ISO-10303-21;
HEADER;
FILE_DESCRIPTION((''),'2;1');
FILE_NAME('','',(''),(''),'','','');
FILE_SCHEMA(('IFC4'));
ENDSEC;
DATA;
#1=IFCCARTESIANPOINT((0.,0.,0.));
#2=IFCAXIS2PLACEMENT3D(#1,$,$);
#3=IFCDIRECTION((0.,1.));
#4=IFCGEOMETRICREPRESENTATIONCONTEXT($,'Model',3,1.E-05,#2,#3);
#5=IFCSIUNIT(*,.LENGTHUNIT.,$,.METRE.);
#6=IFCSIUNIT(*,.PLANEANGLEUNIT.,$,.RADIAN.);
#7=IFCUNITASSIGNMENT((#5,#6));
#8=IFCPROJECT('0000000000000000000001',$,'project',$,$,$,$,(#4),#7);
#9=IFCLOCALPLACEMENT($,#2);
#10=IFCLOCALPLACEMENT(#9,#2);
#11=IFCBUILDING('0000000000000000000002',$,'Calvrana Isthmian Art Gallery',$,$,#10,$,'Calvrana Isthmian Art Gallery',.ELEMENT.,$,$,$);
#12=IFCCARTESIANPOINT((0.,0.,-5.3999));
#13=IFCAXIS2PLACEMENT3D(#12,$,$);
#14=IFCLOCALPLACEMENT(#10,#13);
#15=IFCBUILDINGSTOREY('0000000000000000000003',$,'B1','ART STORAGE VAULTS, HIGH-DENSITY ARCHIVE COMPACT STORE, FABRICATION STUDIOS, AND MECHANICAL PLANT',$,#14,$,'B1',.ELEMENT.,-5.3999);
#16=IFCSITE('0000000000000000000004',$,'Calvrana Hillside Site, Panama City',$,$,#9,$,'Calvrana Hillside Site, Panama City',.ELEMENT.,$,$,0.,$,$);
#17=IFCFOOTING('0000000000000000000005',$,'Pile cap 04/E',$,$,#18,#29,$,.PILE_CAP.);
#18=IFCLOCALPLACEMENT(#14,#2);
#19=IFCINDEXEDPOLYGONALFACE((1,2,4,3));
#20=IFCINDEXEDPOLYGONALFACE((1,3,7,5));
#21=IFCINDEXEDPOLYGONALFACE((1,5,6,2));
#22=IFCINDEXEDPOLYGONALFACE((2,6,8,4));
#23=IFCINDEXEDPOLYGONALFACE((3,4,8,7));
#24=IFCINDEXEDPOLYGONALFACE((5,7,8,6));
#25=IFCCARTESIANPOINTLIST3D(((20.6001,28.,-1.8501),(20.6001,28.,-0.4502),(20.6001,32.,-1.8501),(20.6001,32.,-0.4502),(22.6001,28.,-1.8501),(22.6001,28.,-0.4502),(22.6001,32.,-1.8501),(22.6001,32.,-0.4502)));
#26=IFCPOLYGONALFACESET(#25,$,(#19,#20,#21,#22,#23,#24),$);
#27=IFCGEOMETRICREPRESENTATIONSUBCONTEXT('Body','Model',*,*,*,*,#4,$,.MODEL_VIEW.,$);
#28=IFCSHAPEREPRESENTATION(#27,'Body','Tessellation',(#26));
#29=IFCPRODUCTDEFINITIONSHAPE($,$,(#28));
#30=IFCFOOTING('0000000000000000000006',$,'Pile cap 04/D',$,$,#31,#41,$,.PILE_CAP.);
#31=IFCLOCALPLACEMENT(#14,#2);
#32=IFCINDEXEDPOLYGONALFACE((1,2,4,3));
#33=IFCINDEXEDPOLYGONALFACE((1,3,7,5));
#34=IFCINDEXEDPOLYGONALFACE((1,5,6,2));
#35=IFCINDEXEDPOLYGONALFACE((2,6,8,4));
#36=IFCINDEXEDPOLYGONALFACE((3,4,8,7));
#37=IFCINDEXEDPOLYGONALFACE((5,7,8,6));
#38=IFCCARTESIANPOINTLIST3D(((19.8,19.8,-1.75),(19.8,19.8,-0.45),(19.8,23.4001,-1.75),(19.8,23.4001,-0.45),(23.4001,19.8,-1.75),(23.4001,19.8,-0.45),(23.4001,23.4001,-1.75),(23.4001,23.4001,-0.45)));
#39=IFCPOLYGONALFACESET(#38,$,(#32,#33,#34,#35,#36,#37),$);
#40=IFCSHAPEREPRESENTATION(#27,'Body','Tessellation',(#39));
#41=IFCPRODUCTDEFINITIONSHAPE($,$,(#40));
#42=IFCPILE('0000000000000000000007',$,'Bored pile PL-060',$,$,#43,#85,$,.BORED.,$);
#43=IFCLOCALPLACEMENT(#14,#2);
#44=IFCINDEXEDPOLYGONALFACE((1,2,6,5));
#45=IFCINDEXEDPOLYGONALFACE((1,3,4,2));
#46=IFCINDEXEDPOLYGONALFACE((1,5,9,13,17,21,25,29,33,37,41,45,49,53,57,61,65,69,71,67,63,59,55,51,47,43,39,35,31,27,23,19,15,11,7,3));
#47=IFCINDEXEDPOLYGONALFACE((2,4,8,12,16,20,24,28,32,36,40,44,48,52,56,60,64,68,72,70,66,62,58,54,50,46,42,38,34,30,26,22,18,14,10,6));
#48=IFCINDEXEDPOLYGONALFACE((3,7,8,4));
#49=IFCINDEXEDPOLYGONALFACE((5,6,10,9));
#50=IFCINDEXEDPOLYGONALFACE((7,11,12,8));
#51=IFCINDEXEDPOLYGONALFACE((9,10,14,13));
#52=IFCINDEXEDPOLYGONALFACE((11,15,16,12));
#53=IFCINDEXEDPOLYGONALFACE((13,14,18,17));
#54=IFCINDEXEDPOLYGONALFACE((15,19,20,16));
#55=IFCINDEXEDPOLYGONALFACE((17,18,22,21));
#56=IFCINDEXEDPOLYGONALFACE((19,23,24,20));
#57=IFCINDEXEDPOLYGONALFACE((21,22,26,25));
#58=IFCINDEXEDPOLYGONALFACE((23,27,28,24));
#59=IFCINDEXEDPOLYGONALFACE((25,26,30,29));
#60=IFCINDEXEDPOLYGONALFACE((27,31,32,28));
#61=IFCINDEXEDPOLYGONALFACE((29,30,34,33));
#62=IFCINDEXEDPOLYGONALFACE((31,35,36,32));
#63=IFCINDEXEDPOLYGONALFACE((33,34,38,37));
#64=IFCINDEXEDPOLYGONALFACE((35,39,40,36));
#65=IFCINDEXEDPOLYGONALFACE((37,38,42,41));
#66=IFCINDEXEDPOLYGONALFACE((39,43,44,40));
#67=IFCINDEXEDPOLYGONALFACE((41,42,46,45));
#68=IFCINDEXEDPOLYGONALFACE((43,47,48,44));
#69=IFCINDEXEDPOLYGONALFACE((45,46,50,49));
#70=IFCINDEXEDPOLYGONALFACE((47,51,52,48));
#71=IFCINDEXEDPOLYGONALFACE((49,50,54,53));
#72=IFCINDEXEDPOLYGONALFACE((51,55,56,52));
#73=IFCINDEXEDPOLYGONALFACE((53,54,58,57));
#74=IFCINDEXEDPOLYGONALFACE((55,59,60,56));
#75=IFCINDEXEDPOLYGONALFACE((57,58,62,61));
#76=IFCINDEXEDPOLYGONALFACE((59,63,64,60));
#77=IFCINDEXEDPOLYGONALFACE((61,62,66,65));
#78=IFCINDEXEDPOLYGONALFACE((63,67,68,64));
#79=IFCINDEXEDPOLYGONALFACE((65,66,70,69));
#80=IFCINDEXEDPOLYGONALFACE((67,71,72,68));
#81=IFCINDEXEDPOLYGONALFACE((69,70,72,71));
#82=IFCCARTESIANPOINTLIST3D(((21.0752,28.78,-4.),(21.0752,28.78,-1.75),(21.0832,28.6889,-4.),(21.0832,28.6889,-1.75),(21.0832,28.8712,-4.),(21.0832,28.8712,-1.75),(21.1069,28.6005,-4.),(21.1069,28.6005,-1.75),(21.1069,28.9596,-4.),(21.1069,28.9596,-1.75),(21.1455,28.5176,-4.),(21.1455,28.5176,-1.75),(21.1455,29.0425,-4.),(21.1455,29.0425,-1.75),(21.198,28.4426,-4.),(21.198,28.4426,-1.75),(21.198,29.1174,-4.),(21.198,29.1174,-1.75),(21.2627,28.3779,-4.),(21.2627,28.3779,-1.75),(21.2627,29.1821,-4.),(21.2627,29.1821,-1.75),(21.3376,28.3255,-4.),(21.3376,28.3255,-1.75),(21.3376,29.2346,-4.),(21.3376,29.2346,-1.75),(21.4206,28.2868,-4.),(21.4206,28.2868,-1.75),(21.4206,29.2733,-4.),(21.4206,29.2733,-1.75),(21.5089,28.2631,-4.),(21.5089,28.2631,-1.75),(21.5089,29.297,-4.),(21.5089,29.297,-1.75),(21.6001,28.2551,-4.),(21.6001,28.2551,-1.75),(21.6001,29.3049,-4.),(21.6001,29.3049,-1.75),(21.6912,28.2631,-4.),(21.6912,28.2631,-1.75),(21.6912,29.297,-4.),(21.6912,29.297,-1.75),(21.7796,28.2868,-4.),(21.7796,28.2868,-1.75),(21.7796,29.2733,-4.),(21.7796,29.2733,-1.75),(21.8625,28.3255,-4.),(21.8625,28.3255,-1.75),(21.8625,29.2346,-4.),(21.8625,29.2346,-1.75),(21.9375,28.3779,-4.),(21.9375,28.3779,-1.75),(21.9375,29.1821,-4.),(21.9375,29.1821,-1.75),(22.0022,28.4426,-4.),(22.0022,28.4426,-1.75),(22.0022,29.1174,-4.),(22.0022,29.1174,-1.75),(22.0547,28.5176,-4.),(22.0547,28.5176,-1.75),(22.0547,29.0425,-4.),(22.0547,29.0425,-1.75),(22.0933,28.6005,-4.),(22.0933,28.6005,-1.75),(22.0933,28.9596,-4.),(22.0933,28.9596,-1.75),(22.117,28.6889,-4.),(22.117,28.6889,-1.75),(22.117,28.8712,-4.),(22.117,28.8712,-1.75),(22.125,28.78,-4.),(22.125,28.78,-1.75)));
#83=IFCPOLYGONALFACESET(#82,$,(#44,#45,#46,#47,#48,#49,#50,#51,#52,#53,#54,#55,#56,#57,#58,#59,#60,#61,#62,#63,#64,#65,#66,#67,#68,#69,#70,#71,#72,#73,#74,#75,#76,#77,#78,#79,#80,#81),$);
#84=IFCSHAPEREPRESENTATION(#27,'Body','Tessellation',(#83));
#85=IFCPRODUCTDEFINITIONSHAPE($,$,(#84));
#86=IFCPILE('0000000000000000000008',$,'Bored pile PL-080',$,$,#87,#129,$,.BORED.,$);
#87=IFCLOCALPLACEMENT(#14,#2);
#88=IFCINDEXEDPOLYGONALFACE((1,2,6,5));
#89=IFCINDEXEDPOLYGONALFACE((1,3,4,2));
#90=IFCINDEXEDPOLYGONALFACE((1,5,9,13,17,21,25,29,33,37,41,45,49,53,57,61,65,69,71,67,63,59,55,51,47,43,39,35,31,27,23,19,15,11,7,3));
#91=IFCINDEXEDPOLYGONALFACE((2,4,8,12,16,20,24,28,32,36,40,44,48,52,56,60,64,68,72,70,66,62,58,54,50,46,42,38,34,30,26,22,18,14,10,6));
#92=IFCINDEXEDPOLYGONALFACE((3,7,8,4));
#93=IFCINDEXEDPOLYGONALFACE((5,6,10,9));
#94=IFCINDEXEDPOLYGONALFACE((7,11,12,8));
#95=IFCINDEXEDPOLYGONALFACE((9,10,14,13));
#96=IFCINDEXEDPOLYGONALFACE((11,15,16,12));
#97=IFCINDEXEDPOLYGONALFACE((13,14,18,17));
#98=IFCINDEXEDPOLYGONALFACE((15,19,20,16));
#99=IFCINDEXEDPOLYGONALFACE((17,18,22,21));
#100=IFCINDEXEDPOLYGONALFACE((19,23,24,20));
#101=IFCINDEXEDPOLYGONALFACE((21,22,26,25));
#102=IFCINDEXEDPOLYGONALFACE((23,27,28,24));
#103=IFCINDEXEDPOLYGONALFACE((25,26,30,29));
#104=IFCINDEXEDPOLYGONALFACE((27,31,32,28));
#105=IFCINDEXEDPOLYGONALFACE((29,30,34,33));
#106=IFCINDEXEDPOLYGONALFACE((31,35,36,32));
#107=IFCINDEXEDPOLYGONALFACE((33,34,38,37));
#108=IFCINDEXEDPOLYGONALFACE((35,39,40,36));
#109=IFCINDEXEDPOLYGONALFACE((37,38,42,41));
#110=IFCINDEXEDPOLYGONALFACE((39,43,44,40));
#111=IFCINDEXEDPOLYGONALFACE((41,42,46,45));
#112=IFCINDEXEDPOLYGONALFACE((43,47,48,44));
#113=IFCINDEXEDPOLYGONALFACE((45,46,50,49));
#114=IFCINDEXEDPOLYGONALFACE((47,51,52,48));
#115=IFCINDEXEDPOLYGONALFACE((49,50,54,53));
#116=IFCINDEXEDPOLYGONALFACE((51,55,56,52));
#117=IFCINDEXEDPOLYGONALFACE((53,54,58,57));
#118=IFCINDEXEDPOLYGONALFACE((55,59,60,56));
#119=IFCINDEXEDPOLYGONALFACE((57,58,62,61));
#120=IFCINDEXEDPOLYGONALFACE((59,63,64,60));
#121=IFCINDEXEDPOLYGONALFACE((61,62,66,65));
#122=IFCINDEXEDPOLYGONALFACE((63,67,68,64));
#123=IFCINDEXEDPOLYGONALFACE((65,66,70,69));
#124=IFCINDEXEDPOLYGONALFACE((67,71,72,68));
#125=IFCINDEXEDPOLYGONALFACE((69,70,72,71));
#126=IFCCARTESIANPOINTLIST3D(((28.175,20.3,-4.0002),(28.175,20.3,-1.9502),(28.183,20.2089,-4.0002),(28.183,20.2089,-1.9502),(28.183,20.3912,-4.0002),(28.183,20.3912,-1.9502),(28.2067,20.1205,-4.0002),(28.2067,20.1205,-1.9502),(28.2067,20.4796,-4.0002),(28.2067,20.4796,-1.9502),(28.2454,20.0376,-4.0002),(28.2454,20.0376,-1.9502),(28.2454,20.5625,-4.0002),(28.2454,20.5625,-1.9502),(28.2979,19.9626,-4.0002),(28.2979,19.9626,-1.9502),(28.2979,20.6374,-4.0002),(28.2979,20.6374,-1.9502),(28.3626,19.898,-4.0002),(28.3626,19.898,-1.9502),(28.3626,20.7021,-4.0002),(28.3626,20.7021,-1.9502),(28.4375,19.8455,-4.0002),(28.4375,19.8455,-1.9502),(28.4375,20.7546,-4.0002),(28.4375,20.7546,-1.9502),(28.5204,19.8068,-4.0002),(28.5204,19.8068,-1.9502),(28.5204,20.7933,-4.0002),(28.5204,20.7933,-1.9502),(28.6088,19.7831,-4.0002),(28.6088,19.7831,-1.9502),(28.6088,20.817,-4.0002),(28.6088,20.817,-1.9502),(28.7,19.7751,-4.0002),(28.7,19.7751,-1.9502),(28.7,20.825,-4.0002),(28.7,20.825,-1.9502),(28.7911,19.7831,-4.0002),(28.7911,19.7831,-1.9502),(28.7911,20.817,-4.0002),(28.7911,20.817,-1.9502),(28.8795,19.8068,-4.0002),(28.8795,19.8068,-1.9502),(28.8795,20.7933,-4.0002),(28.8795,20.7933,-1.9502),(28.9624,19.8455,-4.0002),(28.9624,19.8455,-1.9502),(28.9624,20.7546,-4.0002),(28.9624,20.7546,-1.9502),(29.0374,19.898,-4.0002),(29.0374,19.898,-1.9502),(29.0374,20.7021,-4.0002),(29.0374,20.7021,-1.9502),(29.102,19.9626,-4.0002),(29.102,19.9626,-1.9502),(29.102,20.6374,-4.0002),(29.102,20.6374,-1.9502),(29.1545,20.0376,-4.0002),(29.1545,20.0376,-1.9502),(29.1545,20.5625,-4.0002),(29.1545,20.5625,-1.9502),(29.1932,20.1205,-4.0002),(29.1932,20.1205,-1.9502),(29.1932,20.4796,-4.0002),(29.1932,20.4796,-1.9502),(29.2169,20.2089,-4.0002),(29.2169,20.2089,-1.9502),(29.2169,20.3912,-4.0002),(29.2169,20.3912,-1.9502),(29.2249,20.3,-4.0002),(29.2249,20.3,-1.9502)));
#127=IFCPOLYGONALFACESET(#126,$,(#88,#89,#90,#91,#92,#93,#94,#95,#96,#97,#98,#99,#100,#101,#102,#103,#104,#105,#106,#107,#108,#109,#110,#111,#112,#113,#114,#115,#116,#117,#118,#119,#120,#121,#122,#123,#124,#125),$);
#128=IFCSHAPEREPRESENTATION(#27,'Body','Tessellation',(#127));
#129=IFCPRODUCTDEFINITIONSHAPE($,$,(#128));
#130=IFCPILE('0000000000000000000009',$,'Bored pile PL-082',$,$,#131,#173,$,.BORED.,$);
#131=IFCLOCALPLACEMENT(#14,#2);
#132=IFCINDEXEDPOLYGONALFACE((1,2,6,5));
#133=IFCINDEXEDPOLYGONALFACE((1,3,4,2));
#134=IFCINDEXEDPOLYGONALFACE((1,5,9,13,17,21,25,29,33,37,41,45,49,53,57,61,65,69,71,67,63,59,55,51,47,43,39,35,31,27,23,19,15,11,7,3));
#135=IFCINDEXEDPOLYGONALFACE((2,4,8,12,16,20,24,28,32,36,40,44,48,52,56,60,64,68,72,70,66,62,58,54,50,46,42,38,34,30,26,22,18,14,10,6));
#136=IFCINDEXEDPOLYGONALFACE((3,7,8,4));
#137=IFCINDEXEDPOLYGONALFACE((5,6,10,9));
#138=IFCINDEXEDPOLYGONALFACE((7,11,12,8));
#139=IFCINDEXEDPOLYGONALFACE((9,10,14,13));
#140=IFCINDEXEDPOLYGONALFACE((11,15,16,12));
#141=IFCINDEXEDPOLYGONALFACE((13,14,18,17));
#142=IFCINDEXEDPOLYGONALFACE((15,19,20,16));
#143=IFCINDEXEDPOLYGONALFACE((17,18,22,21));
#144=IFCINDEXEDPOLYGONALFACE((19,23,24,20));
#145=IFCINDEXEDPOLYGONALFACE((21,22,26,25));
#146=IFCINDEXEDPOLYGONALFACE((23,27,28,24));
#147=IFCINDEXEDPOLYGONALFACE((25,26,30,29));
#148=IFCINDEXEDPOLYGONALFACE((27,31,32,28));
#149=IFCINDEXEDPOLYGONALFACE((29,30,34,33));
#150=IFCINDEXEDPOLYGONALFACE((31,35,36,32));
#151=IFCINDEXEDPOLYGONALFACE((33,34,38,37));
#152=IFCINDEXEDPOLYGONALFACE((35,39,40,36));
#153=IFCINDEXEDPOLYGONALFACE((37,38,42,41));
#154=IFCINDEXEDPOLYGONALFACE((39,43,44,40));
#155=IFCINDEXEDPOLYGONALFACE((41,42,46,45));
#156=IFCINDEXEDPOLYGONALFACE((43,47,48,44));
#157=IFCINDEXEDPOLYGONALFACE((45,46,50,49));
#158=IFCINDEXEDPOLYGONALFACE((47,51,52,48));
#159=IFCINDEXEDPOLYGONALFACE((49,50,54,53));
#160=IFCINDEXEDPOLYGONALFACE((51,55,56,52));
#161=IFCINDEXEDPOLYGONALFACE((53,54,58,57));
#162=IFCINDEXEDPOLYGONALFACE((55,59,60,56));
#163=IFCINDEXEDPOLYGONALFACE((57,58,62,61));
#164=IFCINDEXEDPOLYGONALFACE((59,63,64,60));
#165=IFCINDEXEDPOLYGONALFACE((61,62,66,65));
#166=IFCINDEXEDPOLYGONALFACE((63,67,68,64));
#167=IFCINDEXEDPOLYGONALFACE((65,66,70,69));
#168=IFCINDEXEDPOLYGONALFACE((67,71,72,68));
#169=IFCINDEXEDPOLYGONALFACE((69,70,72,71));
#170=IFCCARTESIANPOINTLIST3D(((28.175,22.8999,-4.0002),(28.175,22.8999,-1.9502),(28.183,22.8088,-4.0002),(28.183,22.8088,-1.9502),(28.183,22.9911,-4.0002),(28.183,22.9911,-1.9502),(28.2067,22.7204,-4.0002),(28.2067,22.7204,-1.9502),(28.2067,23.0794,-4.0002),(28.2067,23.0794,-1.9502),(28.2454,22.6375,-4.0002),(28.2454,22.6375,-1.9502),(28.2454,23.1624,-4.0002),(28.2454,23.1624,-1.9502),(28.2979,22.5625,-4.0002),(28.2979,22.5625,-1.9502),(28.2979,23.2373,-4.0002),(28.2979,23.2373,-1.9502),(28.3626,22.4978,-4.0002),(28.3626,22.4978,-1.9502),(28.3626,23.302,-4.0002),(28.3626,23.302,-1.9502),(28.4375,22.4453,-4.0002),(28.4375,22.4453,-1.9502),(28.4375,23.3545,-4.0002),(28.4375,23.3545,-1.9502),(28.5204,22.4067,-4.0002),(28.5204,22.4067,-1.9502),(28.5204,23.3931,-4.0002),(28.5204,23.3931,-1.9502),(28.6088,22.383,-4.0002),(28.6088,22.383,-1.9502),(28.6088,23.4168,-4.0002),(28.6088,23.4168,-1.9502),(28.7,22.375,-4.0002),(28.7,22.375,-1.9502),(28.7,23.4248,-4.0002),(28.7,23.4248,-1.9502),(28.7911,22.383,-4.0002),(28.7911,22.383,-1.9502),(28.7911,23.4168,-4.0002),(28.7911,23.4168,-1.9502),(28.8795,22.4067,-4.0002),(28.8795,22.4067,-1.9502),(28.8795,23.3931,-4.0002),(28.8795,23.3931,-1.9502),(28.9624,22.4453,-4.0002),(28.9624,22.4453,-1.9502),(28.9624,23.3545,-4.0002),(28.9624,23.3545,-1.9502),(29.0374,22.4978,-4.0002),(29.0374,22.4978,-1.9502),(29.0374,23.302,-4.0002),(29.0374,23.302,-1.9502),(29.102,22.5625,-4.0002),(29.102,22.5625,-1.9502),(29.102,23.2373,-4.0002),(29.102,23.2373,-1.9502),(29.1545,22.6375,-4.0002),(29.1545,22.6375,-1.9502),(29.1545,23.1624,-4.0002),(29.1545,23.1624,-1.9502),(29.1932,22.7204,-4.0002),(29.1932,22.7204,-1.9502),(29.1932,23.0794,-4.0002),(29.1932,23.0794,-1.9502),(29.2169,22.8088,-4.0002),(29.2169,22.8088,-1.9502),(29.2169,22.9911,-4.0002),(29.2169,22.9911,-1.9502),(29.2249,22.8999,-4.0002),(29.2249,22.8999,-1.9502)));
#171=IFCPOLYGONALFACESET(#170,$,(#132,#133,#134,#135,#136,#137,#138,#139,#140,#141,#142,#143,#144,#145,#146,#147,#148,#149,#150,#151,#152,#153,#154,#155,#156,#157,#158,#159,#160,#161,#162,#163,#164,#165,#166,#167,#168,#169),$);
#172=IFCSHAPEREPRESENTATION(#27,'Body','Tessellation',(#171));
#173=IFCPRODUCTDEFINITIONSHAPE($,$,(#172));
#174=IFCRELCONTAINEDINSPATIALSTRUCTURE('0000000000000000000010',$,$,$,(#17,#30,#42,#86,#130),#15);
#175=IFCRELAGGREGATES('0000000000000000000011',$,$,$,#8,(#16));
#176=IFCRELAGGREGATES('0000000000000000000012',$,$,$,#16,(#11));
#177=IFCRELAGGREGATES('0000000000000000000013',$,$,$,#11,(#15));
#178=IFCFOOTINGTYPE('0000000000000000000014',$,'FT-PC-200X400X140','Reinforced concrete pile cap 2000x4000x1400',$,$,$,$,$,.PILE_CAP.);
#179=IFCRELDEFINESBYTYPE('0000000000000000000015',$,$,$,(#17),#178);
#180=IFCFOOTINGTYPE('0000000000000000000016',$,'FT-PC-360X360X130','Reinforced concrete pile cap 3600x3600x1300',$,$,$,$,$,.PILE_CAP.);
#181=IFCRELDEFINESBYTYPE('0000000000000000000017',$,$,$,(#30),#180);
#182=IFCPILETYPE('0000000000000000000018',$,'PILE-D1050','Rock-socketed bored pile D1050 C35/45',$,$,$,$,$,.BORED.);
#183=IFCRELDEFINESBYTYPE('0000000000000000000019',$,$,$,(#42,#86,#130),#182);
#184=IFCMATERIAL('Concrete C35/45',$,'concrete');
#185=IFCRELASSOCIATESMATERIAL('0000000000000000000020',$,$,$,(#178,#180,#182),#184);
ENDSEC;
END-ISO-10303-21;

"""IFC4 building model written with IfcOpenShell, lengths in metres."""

from ifc_helpers import new_model, si_unit, direction, frame, origin, origin_2d, place, context, subcontext, project, spatial, rectangle, circle, extrude, material, material_profile, profile_set, type_object, element, save


model = new_model("IFC4")

# Units and contexts
model_context = context("Model", 3, precision=1e-05, world=origin(), true_north=direction((0.0, 1.0)))
body_context = subcontext(model_context, "Body", "Model", "MODEL_VIEW")
ifc_project = project(units=[si_unit("LENGTHUNIT", "METRE"), si_unit("PLANEANGLEUNIT", "RADIAN")], contexts=[model_context])

# Site, building, storey
site_placement = place(None, origin())
site = spatial("IfcSite", under=ifc_project, at=site_placement, Name="Calvrana Hillside Site, Panama City", LongName="Calvrana Hillside Site, Panama City", CompositionType="ELEMENT", RefElevation=0.0)
building_placement = place(site_placement, origin())
building = spatial("IfcBuilding", under=site, at=building_placement, Name="Calvrana Isthmian Art Gallery", LongName="Calvrana Isthmian Art Gallery", CompositionType="ELEMENT")
storey_placement = place(building_placement, frame((0.0, 0.0, -5.3999)))
storey = spatial("IfcBuildingStorey", under=building, at=storey_placement, Name="B1", Description="ART STORAGE VAULTS, HIGH-DENSITY ARCHIVE COMPACT STORE, FABRICATION STUDIOS, AND MECHANICAL PLANT", LongName="B1", CompositionType="ELEMENT", Elevation=-5.3999)

# Footings
ifc_material_1 = material(Name="Concrete C35/45", Category="concrete")
footing_type_1 = type_object("IfcFootingType", Name="FT-PC-200X400X140", Description="Reinforced concrete pile cap 2000x4000x1400", PredefinedType="PILE_CAP", material=ifc_material_1)
footing_1_placement = place(storey_placement, frame((21.6001, 30.0, -1.8501), z_axis=(0.0, 0.0, 1.0), x_axis=(1.0, 0.0, 0.0)))
element("IfcFooting", 1, at=footing_1_placement, inside=storey, type_object=footing_type_1, Name="Pile cap 04/E", PredefinedType="PILE_CAP", context=body_context, shape_type="SweptSolid", body=[
    extrude(rectangle(XDim=2.0, YDim=4.0, at=origin_2d()), origin(), (0.0, 0.0, 1.0), 1.3999),
])
footing_type_2 = type_object("IfcFootingType", Name="FT-PC-360X360X130", Description="Reinforced concrete pile cap 3600x3600x1300", PredefinedType="PILE_CAP", material=ifc_material_1)
footing_2_placement = place(storey_placement, frame((21.6001, 21.6001, -1.75), z_axis=(0.0, 0.0, 1.0), x_axis=(1.0, 0.0, 0.0)))
element("IfcFooting", 2, at=footing_2_placement, inside=storey, type_object=footing_type_2, Name="Pile cap 04/D", PredefinedType="PILE_CAP", context=body_context, shape_type="SweptSolid", body=[
    extrude(rectangle(XDim=3.6001, YDim=3.6001, at=origin_2d()), origin(), (0.0, 0.0, 1.0), 1.3),
])

# Piles
ifc_material_profile_1 = material_profile(ifc_material_1, circle(Radius=0.5249, at=origin_2d()), Name="PILE1050D")
ifc_profile_set_1 = profile_set([ifc_material_profile_1], Name="Concrete C35/45")
pile_type_1 = type_object("IfcPileType", Name="PILE-D1050", Description="Rock-socketed bored pile D1050 C35/45", PredefinedType="BORED", material=ifc_profile_set_1)
pile_placement = place(storey_placement, frame((21.6001, 28.78, -1.75), z_axis=(0.0, 0.0, -1.0), x_axis=(1.0, 0.0, 0.0)))
element("IfcPile", 3, at=pile_placement, inside=storey, type_object=pile_type_1, Name="Bored pile PL-060", PredefinedType="BORED", context=body_context, shape_type="SweptSolid", body=[
    extrude(circle(Radius=0.5249, at=origin_2d()), origin(), (0.0, 0.0, 1.0), 2.25),
])
for number, where, z_axis, x_axis, name in (
    (4, (28.7, 20.3, -1.9502), (0.0, 0.0, -1.0), (1.0, 0.0, 0.0), "Bored pile PL-080"),
    (5, (28.7, 22.8999, -1.9502), (0.0, 0.0, -1.0), (1.0, 0.0, 0.0), "Bored pile PL-082"),
):
    element("IfcPile", number, at=place(storey_placement, frame(where, z_axis=z_axis, x_axis=x_axis)), inside=storey, type_object=pile_type_1, Name=name, PredefinedType="BORED", context=body_context, shape_type="SweptSolid", body=[
        extrude(circle(Radius=0.5249, at=origin_2d()), origin(), (0.0, 0.0, 1.0), 2.05),
    ])

save(model, "model.ifc")
